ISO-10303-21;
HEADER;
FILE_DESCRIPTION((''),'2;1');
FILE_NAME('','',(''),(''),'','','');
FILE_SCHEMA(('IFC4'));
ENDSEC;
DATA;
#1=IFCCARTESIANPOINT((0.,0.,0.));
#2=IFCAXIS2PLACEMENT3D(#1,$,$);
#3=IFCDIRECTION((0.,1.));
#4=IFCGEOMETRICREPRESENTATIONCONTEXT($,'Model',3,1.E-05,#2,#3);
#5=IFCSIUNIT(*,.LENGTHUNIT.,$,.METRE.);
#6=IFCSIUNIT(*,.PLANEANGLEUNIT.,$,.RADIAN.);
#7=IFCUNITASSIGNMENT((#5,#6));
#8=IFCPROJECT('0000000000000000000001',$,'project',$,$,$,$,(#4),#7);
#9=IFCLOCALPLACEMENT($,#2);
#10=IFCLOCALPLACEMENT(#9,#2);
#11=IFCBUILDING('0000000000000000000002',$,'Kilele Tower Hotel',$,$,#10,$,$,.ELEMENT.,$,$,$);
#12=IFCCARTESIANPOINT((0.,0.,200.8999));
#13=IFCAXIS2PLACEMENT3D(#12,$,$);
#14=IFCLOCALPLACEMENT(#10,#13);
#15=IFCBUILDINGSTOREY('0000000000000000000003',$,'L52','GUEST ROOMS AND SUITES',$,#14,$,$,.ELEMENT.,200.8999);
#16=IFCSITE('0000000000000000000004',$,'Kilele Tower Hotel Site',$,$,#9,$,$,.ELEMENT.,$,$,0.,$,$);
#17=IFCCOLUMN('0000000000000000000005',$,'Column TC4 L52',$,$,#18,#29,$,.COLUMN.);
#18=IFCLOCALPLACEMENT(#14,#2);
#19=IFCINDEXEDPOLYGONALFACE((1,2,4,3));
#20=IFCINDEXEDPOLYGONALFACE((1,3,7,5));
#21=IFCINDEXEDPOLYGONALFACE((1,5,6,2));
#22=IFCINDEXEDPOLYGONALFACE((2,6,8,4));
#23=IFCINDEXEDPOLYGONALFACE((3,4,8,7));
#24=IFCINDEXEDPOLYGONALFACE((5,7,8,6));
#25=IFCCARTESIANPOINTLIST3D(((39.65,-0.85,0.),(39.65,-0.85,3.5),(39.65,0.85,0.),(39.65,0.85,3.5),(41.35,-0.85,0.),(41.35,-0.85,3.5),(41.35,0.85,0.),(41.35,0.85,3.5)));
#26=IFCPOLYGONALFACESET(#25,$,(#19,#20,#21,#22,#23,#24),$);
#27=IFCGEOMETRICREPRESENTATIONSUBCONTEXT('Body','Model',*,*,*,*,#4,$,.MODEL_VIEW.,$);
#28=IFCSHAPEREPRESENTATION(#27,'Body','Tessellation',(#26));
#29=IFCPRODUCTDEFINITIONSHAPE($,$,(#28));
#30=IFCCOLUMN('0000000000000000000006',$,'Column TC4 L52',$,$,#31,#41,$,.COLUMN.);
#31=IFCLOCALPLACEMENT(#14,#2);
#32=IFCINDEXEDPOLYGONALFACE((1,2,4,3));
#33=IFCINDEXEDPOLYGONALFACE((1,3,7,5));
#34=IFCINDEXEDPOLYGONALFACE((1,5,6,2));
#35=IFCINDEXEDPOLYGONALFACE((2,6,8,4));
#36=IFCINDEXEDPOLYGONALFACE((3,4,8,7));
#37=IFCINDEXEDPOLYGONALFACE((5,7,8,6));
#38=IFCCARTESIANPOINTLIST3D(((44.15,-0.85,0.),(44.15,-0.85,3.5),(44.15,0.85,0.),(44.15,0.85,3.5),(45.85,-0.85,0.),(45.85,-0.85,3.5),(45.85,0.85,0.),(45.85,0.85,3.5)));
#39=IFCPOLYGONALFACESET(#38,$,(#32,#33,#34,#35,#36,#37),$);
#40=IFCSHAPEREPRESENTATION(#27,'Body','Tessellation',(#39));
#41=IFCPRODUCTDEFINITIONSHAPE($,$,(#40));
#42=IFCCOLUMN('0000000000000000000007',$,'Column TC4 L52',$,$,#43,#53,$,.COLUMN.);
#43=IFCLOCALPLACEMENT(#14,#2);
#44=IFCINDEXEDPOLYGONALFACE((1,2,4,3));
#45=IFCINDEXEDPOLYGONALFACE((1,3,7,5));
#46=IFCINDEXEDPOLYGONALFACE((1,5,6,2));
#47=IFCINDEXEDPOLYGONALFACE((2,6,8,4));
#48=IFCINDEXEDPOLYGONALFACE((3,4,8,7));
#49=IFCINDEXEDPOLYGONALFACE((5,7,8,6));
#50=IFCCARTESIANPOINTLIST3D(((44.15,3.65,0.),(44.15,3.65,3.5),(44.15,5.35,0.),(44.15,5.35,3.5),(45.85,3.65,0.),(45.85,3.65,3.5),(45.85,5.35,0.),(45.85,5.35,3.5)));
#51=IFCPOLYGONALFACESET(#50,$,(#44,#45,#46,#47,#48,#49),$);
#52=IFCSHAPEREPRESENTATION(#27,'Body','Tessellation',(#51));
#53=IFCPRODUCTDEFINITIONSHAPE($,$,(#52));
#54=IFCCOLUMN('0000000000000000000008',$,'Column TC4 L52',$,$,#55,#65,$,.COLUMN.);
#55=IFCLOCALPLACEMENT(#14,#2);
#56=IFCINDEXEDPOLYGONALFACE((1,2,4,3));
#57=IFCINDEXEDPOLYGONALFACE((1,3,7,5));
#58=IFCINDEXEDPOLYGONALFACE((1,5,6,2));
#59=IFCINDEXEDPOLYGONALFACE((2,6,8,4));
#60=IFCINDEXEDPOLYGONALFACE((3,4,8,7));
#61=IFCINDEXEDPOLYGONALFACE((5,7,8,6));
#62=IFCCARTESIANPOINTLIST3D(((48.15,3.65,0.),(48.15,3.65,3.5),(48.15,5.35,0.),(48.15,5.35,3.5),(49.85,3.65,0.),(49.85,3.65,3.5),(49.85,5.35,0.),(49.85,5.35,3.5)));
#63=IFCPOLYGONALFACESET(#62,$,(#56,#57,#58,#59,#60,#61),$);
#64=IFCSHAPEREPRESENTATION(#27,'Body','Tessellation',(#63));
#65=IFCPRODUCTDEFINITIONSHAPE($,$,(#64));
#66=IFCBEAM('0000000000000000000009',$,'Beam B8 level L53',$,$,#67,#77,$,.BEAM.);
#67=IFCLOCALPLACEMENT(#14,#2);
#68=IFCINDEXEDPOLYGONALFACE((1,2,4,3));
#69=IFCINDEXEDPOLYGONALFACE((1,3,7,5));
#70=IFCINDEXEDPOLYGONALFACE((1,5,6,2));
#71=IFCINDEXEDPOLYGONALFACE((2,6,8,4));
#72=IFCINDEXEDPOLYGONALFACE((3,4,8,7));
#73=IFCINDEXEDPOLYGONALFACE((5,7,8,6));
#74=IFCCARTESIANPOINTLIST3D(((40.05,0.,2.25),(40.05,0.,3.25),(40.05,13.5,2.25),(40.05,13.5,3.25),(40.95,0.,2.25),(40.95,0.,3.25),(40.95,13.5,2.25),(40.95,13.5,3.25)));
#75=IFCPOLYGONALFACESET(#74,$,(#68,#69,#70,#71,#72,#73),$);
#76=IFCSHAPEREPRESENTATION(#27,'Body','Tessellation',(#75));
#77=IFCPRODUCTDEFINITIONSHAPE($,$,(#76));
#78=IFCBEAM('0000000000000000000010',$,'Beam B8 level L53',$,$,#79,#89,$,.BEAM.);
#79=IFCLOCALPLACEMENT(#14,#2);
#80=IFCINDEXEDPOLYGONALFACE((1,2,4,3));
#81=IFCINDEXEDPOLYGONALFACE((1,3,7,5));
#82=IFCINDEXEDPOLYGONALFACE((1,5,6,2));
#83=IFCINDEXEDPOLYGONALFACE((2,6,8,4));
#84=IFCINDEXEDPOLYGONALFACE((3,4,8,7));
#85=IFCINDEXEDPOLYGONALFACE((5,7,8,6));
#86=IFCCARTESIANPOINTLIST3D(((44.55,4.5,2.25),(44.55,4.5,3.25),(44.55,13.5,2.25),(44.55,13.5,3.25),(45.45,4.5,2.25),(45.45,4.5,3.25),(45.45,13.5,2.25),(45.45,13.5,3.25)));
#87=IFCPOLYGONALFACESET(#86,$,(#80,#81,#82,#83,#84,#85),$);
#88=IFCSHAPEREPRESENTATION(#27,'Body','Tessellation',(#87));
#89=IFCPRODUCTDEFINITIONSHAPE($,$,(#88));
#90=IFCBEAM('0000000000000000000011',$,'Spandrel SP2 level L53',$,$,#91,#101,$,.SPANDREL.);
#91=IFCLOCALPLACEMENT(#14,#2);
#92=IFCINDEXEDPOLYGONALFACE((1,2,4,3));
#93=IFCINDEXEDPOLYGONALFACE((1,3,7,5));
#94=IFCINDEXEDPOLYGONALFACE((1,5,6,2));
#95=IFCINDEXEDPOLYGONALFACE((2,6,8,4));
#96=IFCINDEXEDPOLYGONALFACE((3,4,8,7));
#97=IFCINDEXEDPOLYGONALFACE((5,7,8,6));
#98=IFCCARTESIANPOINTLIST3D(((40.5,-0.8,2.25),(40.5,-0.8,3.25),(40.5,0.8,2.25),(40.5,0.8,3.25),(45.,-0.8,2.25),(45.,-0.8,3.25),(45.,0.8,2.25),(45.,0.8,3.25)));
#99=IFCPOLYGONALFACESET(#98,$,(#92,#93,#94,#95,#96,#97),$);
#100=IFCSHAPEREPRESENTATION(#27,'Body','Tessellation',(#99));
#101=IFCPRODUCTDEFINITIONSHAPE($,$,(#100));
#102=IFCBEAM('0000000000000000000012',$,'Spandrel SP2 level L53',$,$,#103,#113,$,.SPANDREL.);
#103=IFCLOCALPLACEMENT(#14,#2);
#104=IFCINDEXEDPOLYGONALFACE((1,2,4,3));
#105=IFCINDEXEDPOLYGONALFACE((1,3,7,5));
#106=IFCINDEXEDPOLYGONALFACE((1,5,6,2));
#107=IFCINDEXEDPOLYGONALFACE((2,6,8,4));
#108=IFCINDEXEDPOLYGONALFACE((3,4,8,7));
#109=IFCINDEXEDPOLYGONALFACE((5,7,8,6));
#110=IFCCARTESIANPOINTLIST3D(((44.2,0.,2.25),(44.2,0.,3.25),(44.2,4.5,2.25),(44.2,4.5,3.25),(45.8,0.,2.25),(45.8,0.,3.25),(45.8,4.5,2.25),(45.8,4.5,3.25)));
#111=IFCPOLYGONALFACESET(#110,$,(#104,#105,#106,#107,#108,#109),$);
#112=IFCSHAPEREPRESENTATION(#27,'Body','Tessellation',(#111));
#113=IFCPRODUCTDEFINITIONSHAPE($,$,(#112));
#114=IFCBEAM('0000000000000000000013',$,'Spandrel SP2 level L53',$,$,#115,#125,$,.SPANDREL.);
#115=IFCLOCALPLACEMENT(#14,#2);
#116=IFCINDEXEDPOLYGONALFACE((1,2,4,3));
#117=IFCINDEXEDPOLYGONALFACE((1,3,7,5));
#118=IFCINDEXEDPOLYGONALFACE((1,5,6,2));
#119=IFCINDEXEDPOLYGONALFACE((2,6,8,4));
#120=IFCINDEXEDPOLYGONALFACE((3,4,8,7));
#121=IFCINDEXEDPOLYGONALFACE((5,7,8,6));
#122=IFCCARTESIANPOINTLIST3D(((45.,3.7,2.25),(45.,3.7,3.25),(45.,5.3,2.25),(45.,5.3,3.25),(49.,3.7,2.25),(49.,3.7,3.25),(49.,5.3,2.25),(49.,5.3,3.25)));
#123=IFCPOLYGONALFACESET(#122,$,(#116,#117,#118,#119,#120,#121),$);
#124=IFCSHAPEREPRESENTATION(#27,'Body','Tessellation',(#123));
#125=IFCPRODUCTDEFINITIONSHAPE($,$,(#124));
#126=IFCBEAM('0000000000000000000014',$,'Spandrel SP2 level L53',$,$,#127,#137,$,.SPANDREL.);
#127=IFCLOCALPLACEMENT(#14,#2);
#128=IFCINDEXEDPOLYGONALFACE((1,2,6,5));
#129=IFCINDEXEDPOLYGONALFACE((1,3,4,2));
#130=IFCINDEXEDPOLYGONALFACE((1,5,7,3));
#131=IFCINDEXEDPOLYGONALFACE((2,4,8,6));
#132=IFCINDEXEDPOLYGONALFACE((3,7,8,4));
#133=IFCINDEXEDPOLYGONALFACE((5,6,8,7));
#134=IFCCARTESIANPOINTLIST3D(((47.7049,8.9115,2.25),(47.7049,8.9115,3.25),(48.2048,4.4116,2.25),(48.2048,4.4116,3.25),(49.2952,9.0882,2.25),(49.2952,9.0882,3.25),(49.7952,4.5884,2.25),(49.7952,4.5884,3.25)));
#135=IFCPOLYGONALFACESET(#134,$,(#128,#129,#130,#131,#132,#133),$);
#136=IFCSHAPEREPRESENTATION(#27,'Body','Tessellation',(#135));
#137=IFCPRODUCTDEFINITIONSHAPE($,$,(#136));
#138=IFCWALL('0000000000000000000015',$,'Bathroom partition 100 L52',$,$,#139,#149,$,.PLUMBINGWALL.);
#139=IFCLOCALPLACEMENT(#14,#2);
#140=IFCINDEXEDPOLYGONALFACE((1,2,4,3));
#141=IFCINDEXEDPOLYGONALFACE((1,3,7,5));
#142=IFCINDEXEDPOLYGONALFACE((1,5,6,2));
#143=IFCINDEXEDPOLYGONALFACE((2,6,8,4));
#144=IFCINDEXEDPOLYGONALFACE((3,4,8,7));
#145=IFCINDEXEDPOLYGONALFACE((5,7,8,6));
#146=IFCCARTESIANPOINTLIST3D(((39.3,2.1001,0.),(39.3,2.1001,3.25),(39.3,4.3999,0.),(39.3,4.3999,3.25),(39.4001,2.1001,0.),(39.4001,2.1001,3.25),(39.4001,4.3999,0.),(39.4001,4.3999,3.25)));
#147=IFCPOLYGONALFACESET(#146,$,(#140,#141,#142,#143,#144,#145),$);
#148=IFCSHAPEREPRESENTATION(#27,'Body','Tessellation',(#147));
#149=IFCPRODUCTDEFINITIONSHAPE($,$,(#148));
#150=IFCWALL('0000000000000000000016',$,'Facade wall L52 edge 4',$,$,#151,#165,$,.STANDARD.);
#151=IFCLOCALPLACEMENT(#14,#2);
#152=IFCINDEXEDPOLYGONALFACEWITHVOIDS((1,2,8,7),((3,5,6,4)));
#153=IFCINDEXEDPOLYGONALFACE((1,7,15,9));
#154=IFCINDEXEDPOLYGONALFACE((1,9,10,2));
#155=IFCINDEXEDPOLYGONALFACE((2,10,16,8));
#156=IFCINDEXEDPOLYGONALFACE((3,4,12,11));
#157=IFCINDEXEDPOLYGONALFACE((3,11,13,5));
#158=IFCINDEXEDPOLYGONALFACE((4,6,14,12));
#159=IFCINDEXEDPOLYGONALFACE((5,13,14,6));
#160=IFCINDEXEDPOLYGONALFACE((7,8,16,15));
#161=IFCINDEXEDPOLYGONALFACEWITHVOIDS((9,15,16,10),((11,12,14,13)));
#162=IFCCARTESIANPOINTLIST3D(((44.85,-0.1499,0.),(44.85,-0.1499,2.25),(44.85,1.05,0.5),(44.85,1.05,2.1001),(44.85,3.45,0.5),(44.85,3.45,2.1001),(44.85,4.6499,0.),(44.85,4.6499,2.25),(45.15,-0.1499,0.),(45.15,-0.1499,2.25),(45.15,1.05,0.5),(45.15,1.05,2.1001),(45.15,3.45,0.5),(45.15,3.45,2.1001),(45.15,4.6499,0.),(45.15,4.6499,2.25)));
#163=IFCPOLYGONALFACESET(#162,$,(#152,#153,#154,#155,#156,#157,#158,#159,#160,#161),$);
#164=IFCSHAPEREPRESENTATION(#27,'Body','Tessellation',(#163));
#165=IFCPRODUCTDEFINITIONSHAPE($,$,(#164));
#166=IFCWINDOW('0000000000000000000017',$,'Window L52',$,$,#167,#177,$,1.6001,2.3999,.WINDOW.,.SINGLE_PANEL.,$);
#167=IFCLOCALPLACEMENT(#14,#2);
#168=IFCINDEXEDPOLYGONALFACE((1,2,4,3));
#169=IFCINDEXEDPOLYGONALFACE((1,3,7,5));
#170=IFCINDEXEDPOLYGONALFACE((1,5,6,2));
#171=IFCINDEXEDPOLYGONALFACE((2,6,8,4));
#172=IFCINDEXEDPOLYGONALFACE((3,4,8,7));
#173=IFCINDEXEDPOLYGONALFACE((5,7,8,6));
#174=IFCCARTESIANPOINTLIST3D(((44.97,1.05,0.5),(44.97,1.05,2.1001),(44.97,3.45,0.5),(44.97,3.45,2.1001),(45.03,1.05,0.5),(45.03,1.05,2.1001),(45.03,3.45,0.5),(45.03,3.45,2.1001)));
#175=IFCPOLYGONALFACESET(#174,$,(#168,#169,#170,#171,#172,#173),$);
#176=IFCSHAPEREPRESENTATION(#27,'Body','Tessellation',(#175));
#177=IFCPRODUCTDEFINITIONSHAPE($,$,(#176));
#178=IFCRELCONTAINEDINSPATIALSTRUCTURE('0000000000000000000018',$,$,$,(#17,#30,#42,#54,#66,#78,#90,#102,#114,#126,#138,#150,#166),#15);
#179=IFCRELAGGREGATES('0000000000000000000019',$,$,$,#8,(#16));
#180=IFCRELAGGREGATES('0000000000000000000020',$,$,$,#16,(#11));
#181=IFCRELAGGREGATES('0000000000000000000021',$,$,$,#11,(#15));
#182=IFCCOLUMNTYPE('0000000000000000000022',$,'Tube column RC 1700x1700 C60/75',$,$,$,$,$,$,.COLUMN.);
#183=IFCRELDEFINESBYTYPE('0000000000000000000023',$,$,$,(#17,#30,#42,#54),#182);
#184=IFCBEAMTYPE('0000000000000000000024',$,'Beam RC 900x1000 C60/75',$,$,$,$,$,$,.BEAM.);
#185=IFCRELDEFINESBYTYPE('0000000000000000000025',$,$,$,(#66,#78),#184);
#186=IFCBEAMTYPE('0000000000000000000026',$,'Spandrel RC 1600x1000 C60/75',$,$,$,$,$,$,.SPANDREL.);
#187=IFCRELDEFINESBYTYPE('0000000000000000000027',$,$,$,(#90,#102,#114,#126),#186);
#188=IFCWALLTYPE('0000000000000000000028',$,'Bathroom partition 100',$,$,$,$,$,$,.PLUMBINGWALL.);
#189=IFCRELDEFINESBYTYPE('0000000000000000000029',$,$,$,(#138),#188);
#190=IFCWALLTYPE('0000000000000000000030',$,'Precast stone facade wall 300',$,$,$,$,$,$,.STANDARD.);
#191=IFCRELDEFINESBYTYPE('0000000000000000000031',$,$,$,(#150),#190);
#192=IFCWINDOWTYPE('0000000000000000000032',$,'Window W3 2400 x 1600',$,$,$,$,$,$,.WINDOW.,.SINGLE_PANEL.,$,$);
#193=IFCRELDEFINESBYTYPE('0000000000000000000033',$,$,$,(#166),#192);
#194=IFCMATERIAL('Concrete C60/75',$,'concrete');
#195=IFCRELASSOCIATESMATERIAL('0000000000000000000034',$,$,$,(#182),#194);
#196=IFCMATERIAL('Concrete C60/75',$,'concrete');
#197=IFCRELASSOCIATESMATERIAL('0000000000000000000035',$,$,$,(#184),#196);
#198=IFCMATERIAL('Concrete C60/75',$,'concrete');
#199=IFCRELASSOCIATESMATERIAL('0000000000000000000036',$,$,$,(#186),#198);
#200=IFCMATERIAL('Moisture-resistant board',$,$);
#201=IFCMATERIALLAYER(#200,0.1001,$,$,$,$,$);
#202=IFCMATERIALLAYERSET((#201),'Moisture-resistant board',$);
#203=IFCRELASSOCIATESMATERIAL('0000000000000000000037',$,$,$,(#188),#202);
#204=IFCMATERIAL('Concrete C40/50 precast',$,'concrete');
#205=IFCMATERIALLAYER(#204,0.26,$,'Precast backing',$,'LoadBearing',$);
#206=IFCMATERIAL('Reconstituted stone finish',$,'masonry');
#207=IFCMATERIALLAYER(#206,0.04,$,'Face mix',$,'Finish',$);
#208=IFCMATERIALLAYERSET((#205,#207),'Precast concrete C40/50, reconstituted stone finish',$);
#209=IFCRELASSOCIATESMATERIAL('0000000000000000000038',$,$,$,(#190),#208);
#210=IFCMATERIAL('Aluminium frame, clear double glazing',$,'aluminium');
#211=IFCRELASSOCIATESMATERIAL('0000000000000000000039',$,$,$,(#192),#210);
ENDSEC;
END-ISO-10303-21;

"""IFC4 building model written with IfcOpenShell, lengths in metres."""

from ifc_helpers import new_model, si_unit, direction, frame, frame_2d, origin, origin_2d, place, context, subcontext, project, spatial, rectangle, extrude, material, layer, layer_set, material_profile, profile_set, type_object, element, fill, save


model = new_model("IFC4")

# Units and contexts
model_context = context("Model", 3, precision=1e-05, world=origin(), true_north=direction((0.0, 1.0)))
body_context = subcontext(model_context, "Body", "Model", "MODEL_VIEW")
ifc_project = project(units=[si_unit("LENGTHUNIT", "METRE"), si_unit("PLANEANGLEUNIT", "RADIAN")], contexts=[model_context])

# Site, building, storey
site_placement = place(None, origin())
site = spatial("IfcSite", under=ifc_project, at=site_placement, Name="Kilele Tower Hotel Site", CompositionType="ELEMENT", RefElevation=0.0)
building_placement = place(site_placement, origin())
building = spatial("IfcBuilding", under=site, at=building_placement, Name="Kilele Tower Hotel", CompositionType="ELEMENT")
storey_placement = place(building_placement, frame((0.0, 0.0, 200.8999)))
storey = spatial("IfcBuildingStorey", under=building, at=storey_placement, Name="L52", Description="GUEST ROOMS AND SUITES", CompositionType="ELEMENT", Elevation=200.8999)

# Columns
ifc_material_1 = material(Name="Concrete C60/75", Category="concrete")
ifc_material_profile_1 = material_profile(ifc_material_1, rectangle(XDim=1.7, YDim=1.7, at=origin_2d()))
ifc_profile_set_1 = profile_set([ifc_material_profile_1], Name="Concrete C60/75")
column_type = type_object("IfcColumnType", Name="Tube column RC 1700x1700 C60/75", PredefinedType="COLUMN", material=ifc_profile_set_1)
for number, where, z_axis, x_axis, name in (
    (1, (40.5, 0.0, 0.0), (0.0, 0.0, 1.0), (1.0, 0.0, 0.0), "Column TC4 L52"),
    (2, (45.0, 0.0, 0.0), (0.0, 0.0, 1.0), (1.0, 0.0, 0.0), "Column TC4 L52"),
    (3, (45.0, 4.5, 0.0), (0.0, 0.0, 1.0), (1.0, 0.0, 0.0), "Column TC4 L52"),
    (4, (49.0, 4.5, 0.0), (0.0, 0.0, 1.0), (1.0, 0.0, 0.0), "Column TC4 L52"),
):
    element("IfcColumn", number, at=place(storey_placement, frame(where, z_axis=z_axis, x_axis=x_axis)), inside=storey, type_object=column_type, Name=name, PredefinedType="COLUMN", context=body_context, shape_type="SweptSolid", body=[
        extrude(rectangle(XDim=1.7, YDim=1.7, at=origin_2d()), origin(), (0.0, 0.0, 1.0), 3.5),
    ])

# Beams
ifc_material_2 = material(Name="Concrete C60/75", Category="concrete")
ifc_material_profile_2 = material_profile(ifc_material_2, rectangle(XDim=0.8999, YDim=1.0, at=origin_2d()))
ifc_profile_set_2 = profile_set([ifc_material_profile_2], Name="Concrete C60/75")
beam_type_1 = type_object("IfcBeamType", Name="Beam RC 900x1000 C60/75", PredefinedType="BEAM", material=ifc_profile_set_2)
beam_1_placement = place(storey_placement, frame((40.5, 0.0, 2.75), z_axis=(0.0, 1.0, 0.0), x_axis=(-1.0, 0.0, 0.0)))
element("IfcBeam", 5, at=beam_1_placement, inside=storey, type_object=beam_type_1, Name="Beam B8 level L53", PredefinedType="BEAM", context=body_context, shape_type="SweptSolid", body=[
    extrude(rectangle(XDim=0.8999, YDim=1.0, at=origin_2d()), origin(), (0.0, 0.0, 1.0), 13.5),
])
beam_2_placement = place(storey_placement, frame((45.0, 4.5, 2.75), z_axis=(0.0, 1.0, 0.0), x_axis=(-1.0, 0.0, 0.0)))
element("IfcBeam", 6, at=beam_2_placement, inside=storey, type_object=beam_type_1, Name="Beam B8 level L53", PredefinedType="BEAM", context=body_context, shape_type="SweptSolid", body=[
    extrude(rectangle(XDim=0.8999, YDim=1.0, at=origin_2d()), origin(), (0.0, 0.0, 1.0), 9.0),
])
ifc_material_3 = material(Name="Concrete C60/75", Category="concrete")
ifc_material_profile_3 = material_profile(ifc_material_3, rectangle(XDim=1.6001, YDim=1.0, at=origin_2d()))
ifc_profile_set_3 = profile_set([ifc_material_profile_3], Name="Concrete C60/75")
beam_type_2 = type_object("IfcBeamType", Name="Spandrel RC 1600x1000 C60/75", PredefinedType="SPANDREL", material=ifc_profile_set_3)
for number, where, z_axis, x_axis, name in (
    (7, (40.5, 0.0, 2.75), (1.0, 0.0, 0.0), (0.0, 1.0, 0.0), "Spandrel SP2 level L53"),
    (8, (45.0, 0.0, 2.75), (0.0, 1.0, 0.0), (-1.0, 0.0, 0.0), "Spandrel SP2 level L53"),
):
    element("IfcBeam", number, at=place(storey_placement, frame(where, z_axis=z_axis, x_axis=x_axis)), inside=storey, type_object=beam_type_2, Name=name, PredefinedType="SPANDREL", context=body_context, shape_type="SweptSolid", body=[
        extrude(rectangle(XDim=1.6001, YDim=1.0, at=origin_2d()), origin(), (0.0, 0.0, 1.0), 4.5),
    ])
beam_3_placement = place(storey_placement, frame((45.0, 4.5, 2.75), z_axis=(1.0, 0.0, 0.0), x_axis=(0.0, 1.0, 0.0)))
element("IfcBeam", 9, at=beam_3_placement, inside=storey, type_object=beam_type_2, Name="Spandrel SP2 level L53", PredefinedType="SPANDREL", context=body_context, shape_type="SweptSolid", body=[
    extrude(rectangle(XDim=1.6001, YDim=1.0, at=origin_2d()), origin(), (0.0, 0.0, 1.0), 4.0),
])
beam_4_placement = place(storey_placement, frame((49.0, 4.5, 2.75), z_axis=(-0.110432, 0.993884, 0.0), x_axis=(-0.993884, -0.110432, 0.0)))
element("IfcBeam", 10, at=beam_4_placement, inside=storey, type_object=beam_type_2, Name="Spandrel SP2 level L53", PredefinedType="SPANDREL", context=body_context, shape_type="SweptSolid", body=[
    extrude(rectangle(XDim=1.6001, YDim=1.0, at=origin_2d()), origin(), (0.0, 0.0, 1.0), 4.5276),
])

# Wall
ifc_material_4 = material(Name="Moisture-resistant board")
ifc_layer_1 = layer(ifc_material_4, 0.1001)
ifc_layer_set_1 = layer_set([ifc_layer_1], Name="Moisture-resistant board")
wall_type_1 = type_object("IfcWallType", Name="Bathroom partition 100", PredefinedType="PLUMBINGWALL", material=ifc_layer_set_1)
wall_1_placement = place(storey_placement, frame((39.3501, 4.3999, 0.0), z_axis=(0.0, 0.0, 1.0), x_axis=(0.0, -1.0, 0.0)))
element("IfcWall", 11, at=wall_1_placement, inside=storey, type_object=wall_type_1, Name="Bathroom partition 100 L52", PredefinedType="PLUMBINGWALL", context=body_context, shape_type="SweptSolid", body=[
    extrude(rectangle(XDim=2.2998, YDim=0.1001, at=frame_2d((1.1499, 0.0))), origin(), (0.0, 0.0, 1.0), 3.25),
])

# Wall, opening, window
ifc_material_5 = material(Name="Concrete C40/50 precast", Category="concrete")
ifc_layer_2 = layer(ifc_material_5, 0.26, Name="Precast backing", Category="LoadBearing")
ifc_material_6 = material(Name="Reconstituted stone finish", Category="masonry")
ifc_layer_3 = layer(ifc_material_6, 0.04, Name="Face mix", Category="Finish")
ifc_layer_set_2 = layer_set([ifc_layer_2, ifc_layer_3], Name="Precast concrete C40/50, reconstituted stone finish")
wall_type_2 = type_object("IfcWallType", Name="Precast stone facade wall 300", PredefinedType="STANDARD", material=ifc_layer_set_2)
wall_2_placement = place(storey_placement, frame((45.0, -0.1499, 0.0), z_axis=(0.0, 0.0, 1.0), x_axis=(0.0, 1.0, 0.0)))
wall_2 = element("IfcWall", 12, at=wall_2_placement, inside=storey, type_object=wall_type_2, Name="Facade wall L52 edge 4", PredefinedType="STANDARD", context=body_context, shape_type="SweptSolid", body=[
    extrude(rectangle(XDim=4.7998, YDim=0.3, at=frame_2d((2.3999, 0.0))), origin(), (0.0, 0.0, 1.0), 2.25),
])
opening_1_placement = place(wall_2_placement, frame((1.2, 0.0, 0.5)))
opening_1 = element("IfcOpeningElement", 13, at=opening_1_placement, cuts=wall_2, PredefinedType="OPENING", context=body_context, shape_type="SweptSolid", body=[
    extrude(rectangle(XDim=2.3999, YDim=1.6001, at=frame_2d((1.2, 0.8))), frame((0.0, 0.1599, 0.0), z_axis=(0.0, -1.0, 0.0), x_axis=(1.0, 0.0, 0.0)), (0.0, 0.0, 1.0), 0.3201),
])
ifc_material_7 = material(Name="Aluminium frame, clear double glazing", Category="aluminium")
window_type_1 = type_object("IfcWindowType", Name="Window W3 2400 x 1600", PartitioningType="SINGLE_PANEL", PredefinedType="WINDOW", material=ifc_material_7)
window_1_placement = place(opening_1_placement, origin())
window_1 = element("IfcWindow", 14, at=window_1_placement, inside=storey, type_object=window_type_1, Name="Window L52", OverallHeight=1.6001, OverallWidth=2.3999, PartitioningType="SINGLE_PANEL", PredefinedType="WINDOW", context=body_context, shape_type="SweptSolid", body=[
    extrude(rectangle(XDim=2.3999, YDim=1.6001, at=frame_2d((1.2, 0.8))), frame((0.0, 0.03, 0.0), z_axis=(0.0, -1.0, 0.0), x_axis=(1.0, 0.0, 0.0)), (0.0, 0.0, 1.0), 0.0601),
])
fill(opening_1, window_1)

save(model, "model.ifc")
